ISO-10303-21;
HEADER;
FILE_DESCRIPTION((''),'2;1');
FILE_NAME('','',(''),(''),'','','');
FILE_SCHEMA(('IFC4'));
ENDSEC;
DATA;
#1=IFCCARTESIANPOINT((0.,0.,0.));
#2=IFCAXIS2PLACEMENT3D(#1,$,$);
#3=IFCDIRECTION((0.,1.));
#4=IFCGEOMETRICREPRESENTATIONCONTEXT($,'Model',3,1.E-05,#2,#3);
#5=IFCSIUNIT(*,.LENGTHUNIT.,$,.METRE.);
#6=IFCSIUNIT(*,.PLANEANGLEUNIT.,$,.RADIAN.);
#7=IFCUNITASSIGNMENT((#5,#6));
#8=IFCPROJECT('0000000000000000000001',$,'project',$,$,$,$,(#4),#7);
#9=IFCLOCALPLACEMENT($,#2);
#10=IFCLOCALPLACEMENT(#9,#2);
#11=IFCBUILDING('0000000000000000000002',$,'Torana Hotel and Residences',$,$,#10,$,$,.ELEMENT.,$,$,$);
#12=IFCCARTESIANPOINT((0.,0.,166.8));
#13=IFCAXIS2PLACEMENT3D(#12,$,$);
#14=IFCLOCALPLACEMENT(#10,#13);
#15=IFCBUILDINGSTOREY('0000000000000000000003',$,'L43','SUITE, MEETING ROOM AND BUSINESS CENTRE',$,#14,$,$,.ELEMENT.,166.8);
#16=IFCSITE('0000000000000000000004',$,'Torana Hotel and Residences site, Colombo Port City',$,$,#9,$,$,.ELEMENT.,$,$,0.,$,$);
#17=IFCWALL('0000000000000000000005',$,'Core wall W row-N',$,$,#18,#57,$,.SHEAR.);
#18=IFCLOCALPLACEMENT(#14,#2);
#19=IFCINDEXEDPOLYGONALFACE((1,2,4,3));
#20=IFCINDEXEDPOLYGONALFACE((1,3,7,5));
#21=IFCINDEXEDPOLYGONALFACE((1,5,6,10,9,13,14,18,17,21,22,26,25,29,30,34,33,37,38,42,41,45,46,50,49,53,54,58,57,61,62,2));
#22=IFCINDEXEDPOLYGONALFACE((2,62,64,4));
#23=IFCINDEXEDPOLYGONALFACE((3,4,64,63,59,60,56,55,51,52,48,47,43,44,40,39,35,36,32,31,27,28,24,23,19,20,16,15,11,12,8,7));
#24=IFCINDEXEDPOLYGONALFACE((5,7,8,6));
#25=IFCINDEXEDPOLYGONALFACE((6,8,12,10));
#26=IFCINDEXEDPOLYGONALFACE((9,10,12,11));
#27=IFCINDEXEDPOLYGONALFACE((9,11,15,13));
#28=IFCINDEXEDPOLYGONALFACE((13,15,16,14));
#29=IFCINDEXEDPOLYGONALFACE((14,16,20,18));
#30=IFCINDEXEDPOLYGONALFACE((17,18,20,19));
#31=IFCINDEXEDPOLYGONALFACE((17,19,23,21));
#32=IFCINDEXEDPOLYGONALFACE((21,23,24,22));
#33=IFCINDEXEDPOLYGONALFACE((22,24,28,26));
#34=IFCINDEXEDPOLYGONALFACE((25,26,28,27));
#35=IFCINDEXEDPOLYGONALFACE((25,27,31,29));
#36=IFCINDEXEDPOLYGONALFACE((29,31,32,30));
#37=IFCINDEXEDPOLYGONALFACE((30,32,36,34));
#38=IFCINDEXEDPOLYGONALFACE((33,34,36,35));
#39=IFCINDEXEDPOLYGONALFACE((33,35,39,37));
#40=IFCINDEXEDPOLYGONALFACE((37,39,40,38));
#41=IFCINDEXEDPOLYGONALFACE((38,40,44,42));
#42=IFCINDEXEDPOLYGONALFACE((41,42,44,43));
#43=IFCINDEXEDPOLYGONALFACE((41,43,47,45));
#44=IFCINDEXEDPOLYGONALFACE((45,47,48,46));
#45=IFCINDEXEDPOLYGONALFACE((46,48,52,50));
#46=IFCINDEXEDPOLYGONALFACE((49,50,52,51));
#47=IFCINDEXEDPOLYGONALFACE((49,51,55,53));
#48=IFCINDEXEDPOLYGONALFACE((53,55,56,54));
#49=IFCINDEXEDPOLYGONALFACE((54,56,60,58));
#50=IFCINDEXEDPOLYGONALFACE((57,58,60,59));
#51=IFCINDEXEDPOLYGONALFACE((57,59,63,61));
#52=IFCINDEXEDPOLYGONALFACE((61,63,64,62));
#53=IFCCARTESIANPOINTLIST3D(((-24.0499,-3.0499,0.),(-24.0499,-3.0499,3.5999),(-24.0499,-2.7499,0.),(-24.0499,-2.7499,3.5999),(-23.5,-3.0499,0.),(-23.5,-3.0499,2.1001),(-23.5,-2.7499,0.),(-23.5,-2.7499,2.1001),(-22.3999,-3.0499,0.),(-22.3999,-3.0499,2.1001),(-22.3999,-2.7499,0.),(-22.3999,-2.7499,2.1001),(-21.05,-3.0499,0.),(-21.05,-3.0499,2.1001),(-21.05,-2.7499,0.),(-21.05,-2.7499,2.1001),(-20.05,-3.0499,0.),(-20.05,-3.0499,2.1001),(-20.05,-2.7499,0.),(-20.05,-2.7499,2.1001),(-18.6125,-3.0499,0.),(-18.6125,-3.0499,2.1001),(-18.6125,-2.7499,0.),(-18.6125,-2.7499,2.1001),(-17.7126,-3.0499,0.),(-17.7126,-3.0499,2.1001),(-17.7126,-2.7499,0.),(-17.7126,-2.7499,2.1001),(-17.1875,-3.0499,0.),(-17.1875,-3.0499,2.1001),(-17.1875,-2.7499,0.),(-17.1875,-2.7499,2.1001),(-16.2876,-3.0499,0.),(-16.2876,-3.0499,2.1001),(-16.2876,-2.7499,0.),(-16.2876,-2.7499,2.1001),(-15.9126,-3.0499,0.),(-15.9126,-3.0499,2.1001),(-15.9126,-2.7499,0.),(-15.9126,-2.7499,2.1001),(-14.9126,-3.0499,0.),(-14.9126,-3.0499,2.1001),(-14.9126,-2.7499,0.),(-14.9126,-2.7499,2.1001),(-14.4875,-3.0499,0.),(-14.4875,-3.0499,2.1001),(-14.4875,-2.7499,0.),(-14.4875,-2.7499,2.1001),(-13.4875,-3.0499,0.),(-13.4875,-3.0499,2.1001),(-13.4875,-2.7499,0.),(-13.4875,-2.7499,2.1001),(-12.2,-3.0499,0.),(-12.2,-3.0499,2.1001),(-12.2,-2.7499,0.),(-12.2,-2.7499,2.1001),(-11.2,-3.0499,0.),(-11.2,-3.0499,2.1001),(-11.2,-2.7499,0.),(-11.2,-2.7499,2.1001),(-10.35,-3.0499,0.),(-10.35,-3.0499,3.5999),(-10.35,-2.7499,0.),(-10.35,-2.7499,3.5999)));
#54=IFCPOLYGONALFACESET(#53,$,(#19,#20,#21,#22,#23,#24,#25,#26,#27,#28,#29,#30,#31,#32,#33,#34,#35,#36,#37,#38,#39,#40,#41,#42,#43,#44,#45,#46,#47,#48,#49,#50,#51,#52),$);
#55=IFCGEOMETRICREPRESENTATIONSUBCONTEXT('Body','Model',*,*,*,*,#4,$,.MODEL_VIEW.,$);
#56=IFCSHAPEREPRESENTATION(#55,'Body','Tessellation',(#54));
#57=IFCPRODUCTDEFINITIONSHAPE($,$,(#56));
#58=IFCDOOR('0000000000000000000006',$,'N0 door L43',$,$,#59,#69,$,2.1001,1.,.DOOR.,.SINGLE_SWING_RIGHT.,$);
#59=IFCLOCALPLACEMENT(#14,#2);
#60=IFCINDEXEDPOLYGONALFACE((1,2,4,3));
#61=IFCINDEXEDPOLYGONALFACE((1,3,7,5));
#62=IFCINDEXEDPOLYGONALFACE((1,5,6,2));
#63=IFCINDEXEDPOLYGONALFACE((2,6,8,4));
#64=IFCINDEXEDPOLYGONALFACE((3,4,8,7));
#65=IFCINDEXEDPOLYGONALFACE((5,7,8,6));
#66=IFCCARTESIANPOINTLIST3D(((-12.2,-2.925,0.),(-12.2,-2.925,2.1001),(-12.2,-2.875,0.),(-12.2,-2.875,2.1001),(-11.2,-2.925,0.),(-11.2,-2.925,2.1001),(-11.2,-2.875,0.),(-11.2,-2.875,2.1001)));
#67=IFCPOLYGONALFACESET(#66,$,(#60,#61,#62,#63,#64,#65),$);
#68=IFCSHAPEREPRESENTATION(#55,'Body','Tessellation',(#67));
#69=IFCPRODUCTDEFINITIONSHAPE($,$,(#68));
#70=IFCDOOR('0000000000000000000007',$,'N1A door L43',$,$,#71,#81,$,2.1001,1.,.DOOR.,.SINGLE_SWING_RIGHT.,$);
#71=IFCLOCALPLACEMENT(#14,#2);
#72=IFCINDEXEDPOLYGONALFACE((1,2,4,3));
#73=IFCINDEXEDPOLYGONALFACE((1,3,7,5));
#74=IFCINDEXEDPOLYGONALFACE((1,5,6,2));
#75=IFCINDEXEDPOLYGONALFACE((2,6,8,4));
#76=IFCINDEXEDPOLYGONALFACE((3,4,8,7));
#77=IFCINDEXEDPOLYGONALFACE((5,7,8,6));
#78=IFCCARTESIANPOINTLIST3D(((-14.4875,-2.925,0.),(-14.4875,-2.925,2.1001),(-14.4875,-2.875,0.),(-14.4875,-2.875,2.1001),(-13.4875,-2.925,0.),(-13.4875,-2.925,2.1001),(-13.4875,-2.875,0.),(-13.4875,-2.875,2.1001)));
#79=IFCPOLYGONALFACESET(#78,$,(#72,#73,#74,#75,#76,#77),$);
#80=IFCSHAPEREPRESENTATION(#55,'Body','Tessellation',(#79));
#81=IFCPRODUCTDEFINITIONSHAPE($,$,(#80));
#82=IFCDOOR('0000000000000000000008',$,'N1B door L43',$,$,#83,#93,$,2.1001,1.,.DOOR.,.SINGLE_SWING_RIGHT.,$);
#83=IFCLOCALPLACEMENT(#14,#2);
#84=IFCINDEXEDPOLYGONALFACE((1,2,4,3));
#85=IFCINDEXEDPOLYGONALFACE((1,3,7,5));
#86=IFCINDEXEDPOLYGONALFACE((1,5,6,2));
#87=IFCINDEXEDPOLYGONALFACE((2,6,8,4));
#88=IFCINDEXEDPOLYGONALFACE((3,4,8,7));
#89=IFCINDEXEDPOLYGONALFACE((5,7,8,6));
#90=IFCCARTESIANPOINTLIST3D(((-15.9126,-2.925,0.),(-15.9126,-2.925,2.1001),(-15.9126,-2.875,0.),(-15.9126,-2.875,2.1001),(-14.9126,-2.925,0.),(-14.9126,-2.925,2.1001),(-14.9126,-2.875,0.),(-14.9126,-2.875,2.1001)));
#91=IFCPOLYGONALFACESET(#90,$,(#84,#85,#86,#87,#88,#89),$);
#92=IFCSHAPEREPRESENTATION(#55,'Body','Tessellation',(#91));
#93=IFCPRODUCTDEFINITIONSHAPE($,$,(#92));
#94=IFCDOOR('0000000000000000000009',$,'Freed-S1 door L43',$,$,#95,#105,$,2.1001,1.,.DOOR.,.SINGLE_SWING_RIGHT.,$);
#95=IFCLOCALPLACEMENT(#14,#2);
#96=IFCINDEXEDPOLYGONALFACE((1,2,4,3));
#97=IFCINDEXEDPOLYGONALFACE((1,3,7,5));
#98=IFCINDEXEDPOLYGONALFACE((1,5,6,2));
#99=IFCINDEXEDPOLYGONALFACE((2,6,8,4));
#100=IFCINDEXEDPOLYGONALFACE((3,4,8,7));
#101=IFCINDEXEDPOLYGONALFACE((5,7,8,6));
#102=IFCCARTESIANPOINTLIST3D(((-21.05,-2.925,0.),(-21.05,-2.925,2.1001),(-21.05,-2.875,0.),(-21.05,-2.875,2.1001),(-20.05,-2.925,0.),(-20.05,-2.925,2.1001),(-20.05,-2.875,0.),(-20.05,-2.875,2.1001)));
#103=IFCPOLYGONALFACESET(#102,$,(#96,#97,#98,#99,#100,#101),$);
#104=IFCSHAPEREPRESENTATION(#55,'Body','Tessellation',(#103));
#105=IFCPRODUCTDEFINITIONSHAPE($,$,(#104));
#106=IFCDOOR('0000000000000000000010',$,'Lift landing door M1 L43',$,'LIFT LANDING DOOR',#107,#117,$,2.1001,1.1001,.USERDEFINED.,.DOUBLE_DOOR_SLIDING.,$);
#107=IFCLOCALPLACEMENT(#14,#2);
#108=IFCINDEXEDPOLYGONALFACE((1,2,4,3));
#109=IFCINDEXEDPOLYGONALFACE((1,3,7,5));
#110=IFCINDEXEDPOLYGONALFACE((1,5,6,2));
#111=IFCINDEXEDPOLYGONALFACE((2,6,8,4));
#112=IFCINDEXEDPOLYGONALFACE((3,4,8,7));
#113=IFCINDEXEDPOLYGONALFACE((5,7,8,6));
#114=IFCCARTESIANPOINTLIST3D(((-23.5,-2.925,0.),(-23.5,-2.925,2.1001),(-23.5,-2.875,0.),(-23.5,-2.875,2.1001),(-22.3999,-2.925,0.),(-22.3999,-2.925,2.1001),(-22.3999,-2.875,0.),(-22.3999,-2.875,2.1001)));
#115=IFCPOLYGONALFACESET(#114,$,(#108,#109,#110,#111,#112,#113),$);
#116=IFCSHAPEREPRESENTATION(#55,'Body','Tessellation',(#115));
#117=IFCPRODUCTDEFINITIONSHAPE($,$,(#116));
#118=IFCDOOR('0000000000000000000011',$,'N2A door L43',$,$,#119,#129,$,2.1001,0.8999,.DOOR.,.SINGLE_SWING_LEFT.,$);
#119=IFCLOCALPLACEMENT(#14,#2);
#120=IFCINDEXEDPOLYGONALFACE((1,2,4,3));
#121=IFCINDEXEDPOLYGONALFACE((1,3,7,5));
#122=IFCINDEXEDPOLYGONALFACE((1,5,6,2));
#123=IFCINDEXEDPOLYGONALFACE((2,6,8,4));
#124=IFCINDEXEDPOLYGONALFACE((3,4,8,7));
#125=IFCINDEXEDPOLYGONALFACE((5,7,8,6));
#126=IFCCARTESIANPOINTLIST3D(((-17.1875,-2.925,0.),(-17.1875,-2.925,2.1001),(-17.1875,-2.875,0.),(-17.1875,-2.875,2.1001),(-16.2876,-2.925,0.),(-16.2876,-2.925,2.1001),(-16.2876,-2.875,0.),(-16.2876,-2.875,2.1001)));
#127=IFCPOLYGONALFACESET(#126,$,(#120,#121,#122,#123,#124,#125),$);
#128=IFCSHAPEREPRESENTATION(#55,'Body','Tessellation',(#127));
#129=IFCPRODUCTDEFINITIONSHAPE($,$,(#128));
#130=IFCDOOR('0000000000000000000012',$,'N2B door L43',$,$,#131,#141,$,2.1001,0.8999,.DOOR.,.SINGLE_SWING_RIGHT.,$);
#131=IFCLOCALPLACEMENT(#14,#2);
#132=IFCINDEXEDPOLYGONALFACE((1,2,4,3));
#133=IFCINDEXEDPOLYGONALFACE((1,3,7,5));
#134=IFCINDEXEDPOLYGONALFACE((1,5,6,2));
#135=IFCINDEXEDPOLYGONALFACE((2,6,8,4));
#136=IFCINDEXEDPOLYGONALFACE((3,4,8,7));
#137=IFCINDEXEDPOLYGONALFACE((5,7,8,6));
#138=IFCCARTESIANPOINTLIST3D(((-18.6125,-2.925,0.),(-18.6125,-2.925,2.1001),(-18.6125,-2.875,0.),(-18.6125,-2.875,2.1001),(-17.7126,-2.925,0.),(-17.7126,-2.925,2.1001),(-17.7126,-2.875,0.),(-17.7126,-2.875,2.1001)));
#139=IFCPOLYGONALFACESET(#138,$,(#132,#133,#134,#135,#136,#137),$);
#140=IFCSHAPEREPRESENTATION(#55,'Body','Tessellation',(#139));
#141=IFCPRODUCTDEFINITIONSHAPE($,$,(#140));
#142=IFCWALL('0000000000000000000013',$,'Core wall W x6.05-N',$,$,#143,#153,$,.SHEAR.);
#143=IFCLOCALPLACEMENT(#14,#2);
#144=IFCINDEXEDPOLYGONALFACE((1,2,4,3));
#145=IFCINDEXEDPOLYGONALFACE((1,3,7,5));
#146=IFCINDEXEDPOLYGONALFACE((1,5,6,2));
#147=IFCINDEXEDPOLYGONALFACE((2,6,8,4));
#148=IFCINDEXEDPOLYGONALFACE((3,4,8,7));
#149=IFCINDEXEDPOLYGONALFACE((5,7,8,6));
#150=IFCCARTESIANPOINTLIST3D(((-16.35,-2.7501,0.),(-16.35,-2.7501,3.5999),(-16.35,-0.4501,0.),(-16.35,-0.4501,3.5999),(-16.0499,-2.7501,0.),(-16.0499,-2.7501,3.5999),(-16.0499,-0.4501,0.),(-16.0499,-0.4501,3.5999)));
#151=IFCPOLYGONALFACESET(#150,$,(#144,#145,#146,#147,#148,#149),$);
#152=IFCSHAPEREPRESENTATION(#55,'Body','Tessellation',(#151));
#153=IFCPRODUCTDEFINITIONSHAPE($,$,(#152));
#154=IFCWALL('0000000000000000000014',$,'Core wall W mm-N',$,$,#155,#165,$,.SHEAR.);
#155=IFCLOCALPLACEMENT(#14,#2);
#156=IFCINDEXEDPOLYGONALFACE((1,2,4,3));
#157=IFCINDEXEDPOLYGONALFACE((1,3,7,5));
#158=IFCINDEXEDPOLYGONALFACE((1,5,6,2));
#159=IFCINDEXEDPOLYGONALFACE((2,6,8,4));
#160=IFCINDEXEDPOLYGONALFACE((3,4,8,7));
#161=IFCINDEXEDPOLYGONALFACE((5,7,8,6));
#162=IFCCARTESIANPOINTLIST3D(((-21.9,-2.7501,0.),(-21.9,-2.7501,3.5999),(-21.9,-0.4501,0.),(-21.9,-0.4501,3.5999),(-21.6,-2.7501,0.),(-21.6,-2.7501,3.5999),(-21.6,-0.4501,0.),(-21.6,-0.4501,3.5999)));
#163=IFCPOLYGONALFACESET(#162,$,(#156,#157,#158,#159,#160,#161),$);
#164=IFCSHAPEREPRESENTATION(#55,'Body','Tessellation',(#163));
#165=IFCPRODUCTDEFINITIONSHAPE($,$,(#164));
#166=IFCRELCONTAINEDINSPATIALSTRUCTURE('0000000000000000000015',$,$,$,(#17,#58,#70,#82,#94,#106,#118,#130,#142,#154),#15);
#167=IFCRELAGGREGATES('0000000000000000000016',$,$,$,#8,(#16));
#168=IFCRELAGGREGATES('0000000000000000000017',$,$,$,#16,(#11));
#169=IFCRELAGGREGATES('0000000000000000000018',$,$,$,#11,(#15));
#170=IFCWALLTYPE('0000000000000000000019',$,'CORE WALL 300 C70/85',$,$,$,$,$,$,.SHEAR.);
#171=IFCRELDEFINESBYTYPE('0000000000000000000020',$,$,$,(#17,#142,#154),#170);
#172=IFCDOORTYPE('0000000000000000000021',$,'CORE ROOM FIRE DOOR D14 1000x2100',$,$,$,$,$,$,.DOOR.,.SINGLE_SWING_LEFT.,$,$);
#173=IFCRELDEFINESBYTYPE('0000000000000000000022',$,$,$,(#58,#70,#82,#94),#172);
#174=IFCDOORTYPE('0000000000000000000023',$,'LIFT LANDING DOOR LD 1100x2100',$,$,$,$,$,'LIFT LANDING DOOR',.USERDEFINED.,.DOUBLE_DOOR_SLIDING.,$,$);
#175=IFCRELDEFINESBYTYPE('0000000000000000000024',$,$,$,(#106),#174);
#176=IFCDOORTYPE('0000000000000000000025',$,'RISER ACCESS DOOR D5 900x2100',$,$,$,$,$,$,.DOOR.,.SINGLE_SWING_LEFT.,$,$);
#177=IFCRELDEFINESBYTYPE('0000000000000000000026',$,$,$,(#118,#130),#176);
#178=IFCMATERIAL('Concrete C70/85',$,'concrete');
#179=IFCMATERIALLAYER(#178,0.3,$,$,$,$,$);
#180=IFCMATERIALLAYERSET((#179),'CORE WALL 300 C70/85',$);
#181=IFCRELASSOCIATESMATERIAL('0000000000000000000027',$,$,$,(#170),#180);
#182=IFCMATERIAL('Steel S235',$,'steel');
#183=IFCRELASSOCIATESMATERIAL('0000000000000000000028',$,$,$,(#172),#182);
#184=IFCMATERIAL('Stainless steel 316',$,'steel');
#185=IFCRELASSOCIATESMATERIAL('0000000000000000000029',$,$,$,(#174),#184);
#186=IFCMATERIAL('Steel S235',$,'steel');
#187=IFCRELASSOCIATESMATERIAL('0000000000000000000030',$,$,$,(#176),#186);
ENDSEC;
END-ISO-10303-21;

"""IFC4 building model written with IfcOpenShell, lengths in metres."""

from ifc_helpers import new_model, si_unit, direction, frame, frame_2d, origin, place, context, subcontext, project, spatial, rectangle, extrude, material, layer, layer_set, type_object, element, fill, save


model = new_model("IFC4")

# Units and contexts
model_context = context("Model", 3, precision=1e-05, world=origin(), true_north=direction((0.0, 1.0)))
body_context = subcontext(model_context, "Body", "Model", "MODEL_VIEW")
ifc_project = project(units=[si_unit("LENGTHUNIT", "METRE"), si_unit("PLANEANGLEUNIT", "RADIAN")], contexts=[model_context])

# Site, building, storey
site_placement = place(None, origin())
site = spatial("IfcSite", under=ifc_project, at=site_placement, Name="Torana Hotel and Residences site, Colombo Port City", CompositionType="ELEMENT", RefElevation=0.0)
building_placement = place(site_placement, origin())
building = spatial("IfcBuilding", under=site, at=building_placement, Name="Torana Hotel and Residences", CompositionType="ELEMENT")
storey_placement = place(building_placement, frame((0.0, 0.0, 166.8)))
storey = spatial("IfcBuildingStorey", under=building, at=storey_placement, Name="L43", Description="SUITE, MEETING ROOM AND BUSINESS CENTRE", CompositionType="ELEMENT", Elevation=166.8)

# Wall, openings, doors
ifc_material_1 = material(Name="Concrete C70/85", Category="concrete")
ifc_layer_1 = layer(ifc_material_1, 0.3)
ifc_layer_set_1 = layer_set([ifc_layer_1], Name="CORE WALL 300 C70/85")
wall_type_1 = type_object("IfcWallType", Name="CORE WALL 300 C70/85", PredefinedType="SHEAR", material=ifc_layer_set_1)
wall_1_placement = place(storey_placement, frame((-24.05, -2.8999, 0.0), z_axis=(0.0, 0.0, 1.0), x_axis=(1.0, 0.0, 0.0)))
wall_1 = element("IfcWall", 1, at=wall_1_placement, inside=storey, type_object=wall_type_1, Name="Core wall W row-N", PredefinedType="SHEAR", context=body_context, shape_type="SweptSolid", body=[
    extrude(rectangle(XDim=13.7, YDim=0.3, at=frame_2d((6.8501, 0.0))), origin(), (0.0, 0.0, 1.0), 3.5999),
])
opening_1_placement = place(wall_1_placement, frame((0.55, 0.0, 0.0)))
opening_1 = element("IfcOpeningElement", 2, at=opening_1_placement, cuts=wall_1, PredefinedType="OPENING", context=body_context, shape_type="SweptSolid", body=[
    extrude(rectangle(XDim=1.1001, YDim=2.1001, at=frame_2d((0.55, 1.05))), frame((0.0, 0.1599, 0.0), z_axis=(0.0, -1.0, 0.0), x_axis=(1.0, 0.0, 0.0)), (0.0, 0.0, 1.0), 0.3201),
])
opening_2_placement = place(wall_1_placement, frame((6.8625, 0.0, 0.0)))
opening_2 = element("IfcOpeningElement", 3, at=opening_2_placement, cuts=wall_1, PredefinedType="OPENING", context=body_context, shape_type="SweptSolid", body=[
    extrude(rectangle(XDim=0.8999, YDim=2.1001, at=frame_2d((0.45, 1.05))), frame((0.0, 0.1599, 0.0), z_axis=(0.0, -1.0, 0.0), x_axis=(1.0, 0.0, 0.0)), (0.0, 0.0, 1.0), 0.3201),
])
opening_3_placement = place(wall_1_placement, frame((5.4375, 0.0, 0.0)))
opening_3 = element("IfcOpeningElement", 4, at=opening_3_placement, cuts=wall_1, PredefinedType="OPENING", context=body_context, shape_type="SweptSolid", body=[
    extrude(rectangle(XDim=0.8999, YDim=2.1001, at=frame_2d((0.45, 1.05))), frame((0.0, 0.1599, 0.0), z_axis=(0.0, -1.0, 0.0), x_axis=(1.0, 0.0, 0.0)), (0.0, 0.0, 1.0), 0.3201),
])
opening_4_placement = place(wall_1_placement, frame((11.8501, 0.0, 0.0)))
opening_4 = element("IfcOpeningElement", 5, at=opening_4_placement, cuts=wall_1, PredefinedType="OPENING", context=body_context, shape_type="SweptSolid", body=[
    extrude(rectangle(XDim=1.0, YDim=2.1001, at=frame_2d((0.5, 1.05))), frame((0.0, 0.1599, 0.0), z_axis=(0.0, -1.0, 0.0), x_axis=(1.0, 0.0, 0.0)), (0.0, 0.0, 1.0), 0.3201),
])
opening_5_placement = place(wall_1_placement, frame((9.5625, 0.0, 0.0)))
opening_5 = element("IfcOpeningElement", 6, at=opening_5_placement, cuts=wall_1, PredefinedType="OPENING", context=body_context, shape_type="SweptSolid", body=[
    extrude(rectangle(XDim=1.0, YDim=2.1001, at=frame_2d((0.5, 1.05))), frame((0.0, 0.1599, 0.0), z_axis=(0.0, -1.0, 0.0), x_axis=(1.0, 0.0, 0.0)), (0.0, 0.0, 1.0), 0.3201),
])
opening_6_placement = place(wall_1_placement, frame((8.1375, 0.0, 0.0)))
opening_6 = element("IfcOpeningElement", 7, at=opening_6_placement, cuts=wall_1, PredefinedType="OPENING", context=body_context, shape_type="SweptSolid", body=[
    extrude(rectangle(XDim=1.0, YDim=2.1001, at=frame_2d((0.5, 1.05))), frame((0.0, 0.1599, 0.0), z_axis=(0.0, -1.0, 0.0), x_axis=(1.0, 0.0, 0.0)), (0.0, 0.0, 1.0), 0.3201),
])
opening_7_placement = place(wall_1_placement, frame((3.0, 0.0, 0.0)))
opening_7 = element("IfcOpeningElement", 8, at=opening_7_placement, cuts=wall_1, PredefinedType="OPENING", context=body_context, shape_type="SweptSolid", body=[
    extrude(rectangle(XDim=1.0, YDim=2.1001, at=frame_2d((0.5, 1.05))), frame((0.0, 0.1599, 0.0), z_axis=(0.0, -1.0, 0.0), x_axis=(1.0, 0.0, 0.0)), (0.0, 0.0, 1.0), 0.3201),
])
ifc_material_2 = material(Name="Steel S235", Category="steel")
door_type_1 = type_object("IfcDoorType", Name="CORE ROOM FIRE DOOR D14 1000x2100", OperationType="SINGLE_SWING_LEFT", PredefinedType="DOOR", material=ifc_material_2)
door_1_placement = place(opening_4_placement, origin())
door_1 = element("IfcDoor", 9, at=door_1_placement, inside=storey, type_object=door_type_1, Name="N0 door L43", OperationType="SINGLE_SWING_RIGHT", OverallHeight=2.1001, OverallWidth=1.0, PredefinedType="DOOR", context=body_context, shape_type="SweptSolid", body=[
    extrude(rectangle(XDim=1.0, YDim=2.1001, at=frame_2d((0.5, 1.05))), frame((0.0, 0.0249, 0.0), z_axis=(0.0, -1.0, 0.0), x_axis=(1.0, 0.0, 0.0)), (0.0, 0.0, 1.0), 0.05),
])
fill(opening_4, door_1)
door_2_placement = place(opening_5_placement, origin())
door_2 = element("IfcDoor", 10, at=door_2_placement, inside=storey, type_object=door_type_1, Name="N1A door L43", OperationType="SINGLE_SWING_RIGHT", OverallHeight=2.1001, OverallWidth=1.0, PredefinedType="DOOR", context=body_context, shape_type="SweptSolid", body=[
    extrude(rectangle(XDim=1.0, YDim=2.1001, at=frame_2d((0.5, 1.05))), frame((0.0, 0.0249, 0.0), z_axis=(0.0, -1.0, 0.0), x_axis=(1.0, 0.0, 0.0)), (0.0, 0.0, 1.0), 0.05),
])
fill(opening_5, door_2)
door_3_placement = place(opening_6_placement, origin())
door_3 = element("IfcDoor", 11, at=door_3_placement, inside=storey, type_object=door_type_1, Name="N1B door L43", OperationType="SINGLE_SWING_RIGHT", OverallHeight=2.1001, OverallWidth=1.0, PredefinedType="DOOR", context=body_context, shape_type="SweptSolid", body=[
    extrude(rectangle(XDim=1.0, YDim=2.1001, at=frame_2d((0.5, 1.05))), frame((0.0, 0.0249, 0.0), z_axis=(0.0, -1.0, 0.0), x_axis=(1.0, 0.0, 0.0)), (0.0, 0.0, 1.0), 0.05),
])
fill(opening_6, door_3)
door_4_placement = place(opening_7_placement, origin())
door_4 = element("IfcDoor", 12, at=door_4_placement, inside=storey, type_object=door_type_1, Name="Freed-S1 door L43", OperationType="SINGLE_SWING_RIGHT", OverallHeight=2.1001, OverallWidth=1.0, PredefinedType="DOOR", context=body_context, shape_type="SweptSolid", body=[
    extrude(rectangle(XDim=1.0, YDim=2.1001, at=frame_2d((0.5, 1.05))), frame((0.0, 0.0249, 0.0), z_axis=(0.0, -1.0, 0.0), x_axis=(1.0, 0.0, 0.0)), (0.0, 0.0, 1.0), 0.05),
])
fill(opening_7, door_4)
ifc_material_3 = material(Name="Stainless steel 316", Category="steel")
door_type_2 = type_object("IfcDoorType", Name="LIFT LANDING DOOR LD 1100x2100", ElementType="LIFT LANDING DOOR", OperationType="DOUBLE_DOOR_SLIDING", PredefinedType="USERDEFINED", material=ifc_material_3)
door_5_placement = place(opening_1_placement, origin())
door_5 = element("IfcDoor", 13, at=door_5_placement, inside=storey, type_object=door_type_2, Name="Lift landing door M1 L43", ObjectType="LIFT LANDING DOOR", OperationType="DOUBLE_DOOR_SLIDING", OverallHeight=2.1001, OverallWidth=1.1001, PredefinedType="USERDEFINED", context=body_context, shape_type="SweptSolid", body=[
    extrude(rectangle(XDim=1.1001, YDim=2.1001, at=frame_2d((0.55, 1.05))), frame((0.0, 0.0249, 0.0), z_axis=(0.0, -1.0, 0.0), x_axis=(1.0, 0.0, 0.0)), (0.0, 0.0, 1.0), 0.05),
])
fill(opening_1, door_5)
ifc_material_4 = material(Name="Steel S235", Category="steel")
door_type_3 = type_object("IfcDoorType", Name="RISER ACCESS DOOR D5 900x2100", OperationType="SINGLE_SWING_LEFT", PredefinedType="DOOR", material=ifc_material_4)
door_6_placement = place(opening_2_placement, origin())
door_6 = element("IfcDoor", 14, at=door_6_placement, inside=storey, type_object=door_type_3, Name="N2A door L43", OperationType="SINGLE_SWING_LEFT", OverallHeight=2.1001, OverallWidth=0.8999, PredefinedType="DOOR", context=body_context, shape_type="SweptSolid", body=[
    extrude(rectangle(XDim=0.8999, YDim=2.1001, at=frame_2d((0.45, 1.05))), frame((0.0, 0.0249, 0.0), z_axis=(0.0, -1.0, 0.0), x_axis=(1.0, 0.0, 0.0)), (0.0, 0.0, 1.0), 0.05),
])
fill(opening_2, door_6)
door_7_placement = place(opening_3_placement, origin())
door_7 = element("IfcDoor", 15, at=door_7_placement, inside=storey, type_object=door_type_3, Name="N2B door L43", OperationType="SINGLE_SWING_RIGHT", OverallHeight=2.1001, OverallWidth=0.8999, PredefinedType="DOOR", context=body_context, shape_type="SweptSolid", body=[
    extrude(rectangle(XDim=0.8999, YDim=2.1001, at=frame_2d((0.45, 1.05))), frame((0.0, 0.0249, 0.0), z_axis=(0.0, -1.0, 0.0), x_axis=(1.0, 0.0, 0.0)), (0.0, 0.0, 1.0), 0.05),
])
fill(opening_3, door_7)

# Walls
for number, where, z_axis, x_axis, name in (
    (16, (-16.2, -2.75, 0.0), (0.0, 0.0, 1.0), (0.0, 1.0, 0.0), "Core wall W x6.05-N"),
    (17, (-21.75, -2.75, 0.0), (0.0, 0.0, 1.0), (0.0, 1.0, 0.0), "Core wall W mm-N"),
):
    element("IfcWall", number, at=place(storey_placement, frame(where, z_axis=z_axis, x_axis=x_axis)), inside=storey, type_object=wall_type_1, Name=name, PredefinedType="SHEAR", context=body_context, shape_type="SweptSolid", body=[
        extrude(rectangle(XDim=2.3, YDim=0.3, at=frame_2d((1.1499, 0.0))), origin(), (0.0, 0.0, 1.0), 3.5999),
    ])

save(model, "model.ifc")
